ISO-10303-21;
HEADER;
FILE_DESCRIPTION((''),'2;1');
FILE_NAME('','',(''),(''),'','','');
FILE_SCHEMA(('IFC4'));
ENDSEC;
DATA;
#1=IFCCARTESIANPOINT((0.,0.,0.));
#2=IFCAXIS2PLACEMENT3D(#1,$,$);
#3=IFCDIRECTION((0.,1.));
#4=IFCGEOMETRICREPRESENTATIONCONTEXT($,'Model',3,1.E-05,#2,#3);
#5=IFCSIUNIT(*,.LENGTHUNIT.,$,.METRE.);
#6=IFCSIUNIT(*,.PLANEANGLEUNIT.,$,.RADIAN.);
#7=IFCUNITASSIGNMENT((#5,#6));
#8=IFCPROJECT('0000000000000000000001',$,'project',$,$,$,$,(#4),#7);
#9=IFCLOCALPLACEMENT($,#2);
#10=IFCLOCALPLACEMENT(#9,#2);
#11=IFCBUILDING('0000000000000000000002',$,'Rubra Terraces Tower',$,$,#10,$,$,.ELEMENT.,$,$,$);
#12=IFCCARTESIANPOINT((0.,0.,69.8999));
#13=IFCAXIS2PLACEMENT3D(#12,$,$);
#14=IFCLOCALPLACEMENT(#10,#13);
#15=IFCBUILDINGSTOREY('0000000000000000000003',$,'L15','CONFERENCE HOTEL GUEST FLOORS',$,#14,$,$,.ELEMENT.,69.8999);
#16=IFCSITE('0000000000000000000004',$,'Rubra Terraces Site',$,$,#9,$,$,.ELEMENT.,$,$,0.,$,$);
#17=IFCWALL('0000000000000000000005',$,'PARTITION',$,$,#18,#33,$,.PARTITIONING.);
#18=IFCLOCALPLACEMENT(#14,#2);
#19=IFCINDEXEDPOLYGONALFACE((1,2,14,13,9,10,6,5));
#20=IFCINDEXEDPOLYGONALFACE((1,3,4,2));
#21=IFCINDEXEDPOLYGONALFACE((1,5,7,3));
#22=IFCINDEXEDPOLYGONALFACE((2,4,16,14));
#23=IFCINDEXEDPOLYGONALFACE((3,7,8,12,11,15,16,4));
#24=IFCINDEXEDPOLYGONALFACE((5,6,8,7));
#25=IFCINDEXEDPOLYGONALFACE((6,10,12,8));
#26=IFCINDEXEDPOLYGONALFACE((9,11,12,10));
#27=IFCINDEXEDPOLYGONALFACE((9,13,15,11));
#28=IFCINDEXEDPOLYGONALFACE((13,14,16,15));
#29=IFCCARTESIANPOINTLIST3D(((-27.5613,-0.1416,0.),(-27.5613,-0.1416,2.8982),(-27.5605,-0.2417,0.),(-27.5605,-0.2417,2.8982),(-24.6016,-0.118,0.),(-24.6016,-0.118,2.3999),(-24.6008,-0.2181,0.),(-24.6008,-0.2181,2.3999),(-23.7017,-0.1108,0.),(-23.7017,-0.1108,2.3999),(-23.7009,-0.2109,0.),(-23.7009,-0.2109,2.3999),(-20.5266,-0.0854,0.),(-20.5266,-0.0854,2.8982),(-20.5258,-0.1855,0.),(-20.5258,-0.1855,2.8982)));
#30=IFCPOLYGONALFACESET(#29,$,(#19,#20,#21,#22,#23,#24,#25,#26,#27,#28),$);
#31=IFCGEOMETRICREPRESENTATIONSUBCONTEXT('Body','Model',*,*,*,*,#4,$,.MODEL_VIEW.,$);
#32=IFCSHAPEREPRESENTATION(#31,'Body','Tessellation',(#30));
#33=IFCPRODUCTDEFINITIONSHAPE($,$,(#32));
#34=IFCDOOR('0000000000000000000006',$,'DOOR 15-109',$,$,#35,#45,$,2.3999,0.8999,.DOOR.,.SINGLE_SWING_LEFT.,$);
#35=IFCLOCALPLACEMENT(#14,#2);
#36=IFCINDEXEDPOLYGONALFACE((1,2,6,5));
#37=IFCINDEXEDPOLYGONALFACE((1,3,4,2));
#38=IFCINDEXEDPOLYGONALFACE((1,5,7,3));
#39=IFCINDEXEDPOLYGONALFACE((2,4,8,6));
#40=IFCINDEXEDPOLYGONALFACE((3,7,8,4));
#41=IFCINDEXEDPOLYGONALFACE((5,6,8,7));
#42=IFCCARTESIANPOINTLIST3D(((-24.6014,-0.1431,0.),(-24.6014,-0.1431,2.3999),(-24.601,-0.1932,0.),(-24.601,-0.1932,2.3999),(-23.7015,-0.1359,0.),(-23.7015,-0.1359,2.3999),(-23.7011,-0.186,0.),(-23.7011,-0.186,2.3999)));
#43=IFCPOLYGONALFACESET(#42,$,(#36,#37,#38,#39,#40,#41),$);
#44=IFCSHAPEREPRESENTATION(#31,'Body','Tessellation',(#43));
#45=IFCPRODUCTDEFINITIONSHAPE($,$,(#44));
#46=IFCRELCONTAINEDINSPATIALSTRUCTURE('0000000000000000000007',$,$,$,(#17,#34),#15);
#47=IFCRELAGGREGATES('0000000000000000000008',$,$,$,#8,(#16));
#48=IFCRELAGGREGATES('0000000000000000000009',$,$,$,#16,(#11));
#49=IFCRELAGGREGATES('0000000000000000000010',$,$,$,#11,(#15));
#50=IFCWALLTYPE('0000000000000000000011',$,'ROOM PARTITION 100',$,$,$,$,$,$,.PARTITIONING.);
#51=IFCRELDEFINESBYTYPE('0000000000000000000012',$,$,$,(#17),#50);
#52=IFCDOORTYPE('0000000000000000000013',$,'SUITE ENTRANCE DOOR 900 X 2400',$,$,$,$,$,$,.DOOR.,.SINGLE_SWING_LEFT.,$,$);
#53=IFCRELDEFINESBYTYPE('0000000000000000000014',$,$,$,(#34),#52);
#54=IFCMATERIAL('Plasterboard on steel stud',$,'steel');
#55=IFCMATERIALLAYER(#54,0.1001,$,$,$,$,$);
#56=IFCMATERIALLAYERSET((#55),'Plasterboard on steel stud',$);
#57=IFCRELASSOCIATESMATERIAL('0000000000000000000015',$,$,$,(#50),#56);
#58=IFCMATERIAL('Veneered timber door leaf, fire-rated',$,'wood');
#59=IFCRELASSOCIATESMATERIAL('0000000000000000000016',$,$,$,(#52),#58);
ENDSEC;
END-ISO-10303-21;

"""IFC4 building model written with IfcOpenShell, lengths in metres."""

from ifc_helpers import new_model, si_unit, direction, frame, frame_2d, origin, place, context, subcontext, project, spatial, rectangle, extrude, material, layer, layer_set, type_object, element, fill, save


model = new_model("IFC4")

# Units and contexts
model_context = context("Model", 3, precision=1e-05, world=origin(), true_north=direction((0.0, 1.0)))
body_context = subcontext(model_context, "Body", "Model", "MODEL_VIEW")
ifc_project = project(units=[si_unit("LENGTHUNIT", "METRE"), si_unit("PLANEANGLEUNIT", "RADIAN")], contexts=[model_context])

# Site, building, storey
site_placement = place(None, origin())
site = spatial("IfcSite", under=ifc_project, at=site_placement, Name="Rubra Terraces Site", CompositionType="ELEMENT", RefElevation=0.0)
building_placement = place(site_placement, origin())
building = spatial("IfcBuilding", under=site, at=building_placement, Name="Rubra Terraces Tower", CompositionType="ELEMENT")
storey_placement = place(building_placement, frame((0.0, 0.0, 69.8999)))
storey = spatial("IfcBuildingStorey", under=building, at=storey_placement, Name="L15", Description="CONFERENCE HOTEL GUEST FLOORS", CompositionType="ELEMENT", Elevation=69.8999)

# Wall, opening, door
ifc_material_1 = material(Name="Plasterboard on steel stud", Category="steel")
ifc_layer_1 = layer(ifc_material_1, 0.1001)
ifc_layer_set_1 = layer_set([ifc_layer_1], Name="Plasterboard on steel stud")
wall_type_1 = type_object("IfcWallType", Name="ROOM PARTITION 100", PredefinedType="PARTITIONING", material=ifc_layer_set_1)
wall_1_placement = place(storey_placement, frame((-27.561, -0.1917, 0.0), z_axis=(0.0, 0.0, 1.0), x_axis=(0.999968, 0.007982, 0.0)))
wall_1 = element("IfcWall", 1, at=wall_1_placement, inside=storey, type_object=wall_type_1, Name="PARTITION", PredefinedType="PARTITIONING", context=body_context, shape_type="SweptSolid", body=[
    extrude(rectangle(XDim=7.0349, YDim=0.1001, at=frame_2d((3.5176, 0.0))), origin(), (0.0, 0.0, 1.0), 2.8982),
])
opening_1_placement = place(wall_1_placement, frame((2.96, 0.0, 0.0)))
opening_1 = element("IfcOpeningElement", 2, at=opening_1_placement, cuts=wall_1, PredefinedType="OPENING", context=body_context, shape_type="SweptSolid", body=[
    extrude(rectangle(XDim=0.8999, YDim=2.3999, at=frame_2d((0.45, 1.2))), frame((0.0, 0.0601, 0.0), z_axis=(0.0, -1.0, 0.0), x_axis=(1.0, 0.0, 0.0)), (0.0, 0.0, 1.0), 0.1201),
])
ifc_material_2 = material(Name="Veneered timber door leaf, fire-rated", Category="wood")
door_type = type_object("IfcDoorType", Name="SUITE ENTRANCE DOOR 900 X 2400", OperationType="SINGLE_SWING_LEFT", PredefinedType="DOOR", material=ifc_material_2)
door_placement = place(opening_1_placement, origin())
door = element("IfcDoor", 3, at=door_placement, inside=storey, type_object=door_type, Name="DOOR 15-109", OperationType="SINGLE_SWING_LEFT", OverallHeight=2.3999, OverallWidth=0.8999, PredefinedType="DOOR", context=body_context, shape_type="SweptSolid", body=[
    extrude(rectangle(XDim=0.8999, YDim=2.3999, at=frame_2d((0.45, 1.2))), frame((0.0, 0.0249, 0.0), z_axis=(0.0, -1.0, 0.0), x_axis=(1.0, 0.0, 0.0)), (0.0, 0.0, 1.0), 0.05),
])
fill(opening_1, door)

save(model, "model.ifc")
